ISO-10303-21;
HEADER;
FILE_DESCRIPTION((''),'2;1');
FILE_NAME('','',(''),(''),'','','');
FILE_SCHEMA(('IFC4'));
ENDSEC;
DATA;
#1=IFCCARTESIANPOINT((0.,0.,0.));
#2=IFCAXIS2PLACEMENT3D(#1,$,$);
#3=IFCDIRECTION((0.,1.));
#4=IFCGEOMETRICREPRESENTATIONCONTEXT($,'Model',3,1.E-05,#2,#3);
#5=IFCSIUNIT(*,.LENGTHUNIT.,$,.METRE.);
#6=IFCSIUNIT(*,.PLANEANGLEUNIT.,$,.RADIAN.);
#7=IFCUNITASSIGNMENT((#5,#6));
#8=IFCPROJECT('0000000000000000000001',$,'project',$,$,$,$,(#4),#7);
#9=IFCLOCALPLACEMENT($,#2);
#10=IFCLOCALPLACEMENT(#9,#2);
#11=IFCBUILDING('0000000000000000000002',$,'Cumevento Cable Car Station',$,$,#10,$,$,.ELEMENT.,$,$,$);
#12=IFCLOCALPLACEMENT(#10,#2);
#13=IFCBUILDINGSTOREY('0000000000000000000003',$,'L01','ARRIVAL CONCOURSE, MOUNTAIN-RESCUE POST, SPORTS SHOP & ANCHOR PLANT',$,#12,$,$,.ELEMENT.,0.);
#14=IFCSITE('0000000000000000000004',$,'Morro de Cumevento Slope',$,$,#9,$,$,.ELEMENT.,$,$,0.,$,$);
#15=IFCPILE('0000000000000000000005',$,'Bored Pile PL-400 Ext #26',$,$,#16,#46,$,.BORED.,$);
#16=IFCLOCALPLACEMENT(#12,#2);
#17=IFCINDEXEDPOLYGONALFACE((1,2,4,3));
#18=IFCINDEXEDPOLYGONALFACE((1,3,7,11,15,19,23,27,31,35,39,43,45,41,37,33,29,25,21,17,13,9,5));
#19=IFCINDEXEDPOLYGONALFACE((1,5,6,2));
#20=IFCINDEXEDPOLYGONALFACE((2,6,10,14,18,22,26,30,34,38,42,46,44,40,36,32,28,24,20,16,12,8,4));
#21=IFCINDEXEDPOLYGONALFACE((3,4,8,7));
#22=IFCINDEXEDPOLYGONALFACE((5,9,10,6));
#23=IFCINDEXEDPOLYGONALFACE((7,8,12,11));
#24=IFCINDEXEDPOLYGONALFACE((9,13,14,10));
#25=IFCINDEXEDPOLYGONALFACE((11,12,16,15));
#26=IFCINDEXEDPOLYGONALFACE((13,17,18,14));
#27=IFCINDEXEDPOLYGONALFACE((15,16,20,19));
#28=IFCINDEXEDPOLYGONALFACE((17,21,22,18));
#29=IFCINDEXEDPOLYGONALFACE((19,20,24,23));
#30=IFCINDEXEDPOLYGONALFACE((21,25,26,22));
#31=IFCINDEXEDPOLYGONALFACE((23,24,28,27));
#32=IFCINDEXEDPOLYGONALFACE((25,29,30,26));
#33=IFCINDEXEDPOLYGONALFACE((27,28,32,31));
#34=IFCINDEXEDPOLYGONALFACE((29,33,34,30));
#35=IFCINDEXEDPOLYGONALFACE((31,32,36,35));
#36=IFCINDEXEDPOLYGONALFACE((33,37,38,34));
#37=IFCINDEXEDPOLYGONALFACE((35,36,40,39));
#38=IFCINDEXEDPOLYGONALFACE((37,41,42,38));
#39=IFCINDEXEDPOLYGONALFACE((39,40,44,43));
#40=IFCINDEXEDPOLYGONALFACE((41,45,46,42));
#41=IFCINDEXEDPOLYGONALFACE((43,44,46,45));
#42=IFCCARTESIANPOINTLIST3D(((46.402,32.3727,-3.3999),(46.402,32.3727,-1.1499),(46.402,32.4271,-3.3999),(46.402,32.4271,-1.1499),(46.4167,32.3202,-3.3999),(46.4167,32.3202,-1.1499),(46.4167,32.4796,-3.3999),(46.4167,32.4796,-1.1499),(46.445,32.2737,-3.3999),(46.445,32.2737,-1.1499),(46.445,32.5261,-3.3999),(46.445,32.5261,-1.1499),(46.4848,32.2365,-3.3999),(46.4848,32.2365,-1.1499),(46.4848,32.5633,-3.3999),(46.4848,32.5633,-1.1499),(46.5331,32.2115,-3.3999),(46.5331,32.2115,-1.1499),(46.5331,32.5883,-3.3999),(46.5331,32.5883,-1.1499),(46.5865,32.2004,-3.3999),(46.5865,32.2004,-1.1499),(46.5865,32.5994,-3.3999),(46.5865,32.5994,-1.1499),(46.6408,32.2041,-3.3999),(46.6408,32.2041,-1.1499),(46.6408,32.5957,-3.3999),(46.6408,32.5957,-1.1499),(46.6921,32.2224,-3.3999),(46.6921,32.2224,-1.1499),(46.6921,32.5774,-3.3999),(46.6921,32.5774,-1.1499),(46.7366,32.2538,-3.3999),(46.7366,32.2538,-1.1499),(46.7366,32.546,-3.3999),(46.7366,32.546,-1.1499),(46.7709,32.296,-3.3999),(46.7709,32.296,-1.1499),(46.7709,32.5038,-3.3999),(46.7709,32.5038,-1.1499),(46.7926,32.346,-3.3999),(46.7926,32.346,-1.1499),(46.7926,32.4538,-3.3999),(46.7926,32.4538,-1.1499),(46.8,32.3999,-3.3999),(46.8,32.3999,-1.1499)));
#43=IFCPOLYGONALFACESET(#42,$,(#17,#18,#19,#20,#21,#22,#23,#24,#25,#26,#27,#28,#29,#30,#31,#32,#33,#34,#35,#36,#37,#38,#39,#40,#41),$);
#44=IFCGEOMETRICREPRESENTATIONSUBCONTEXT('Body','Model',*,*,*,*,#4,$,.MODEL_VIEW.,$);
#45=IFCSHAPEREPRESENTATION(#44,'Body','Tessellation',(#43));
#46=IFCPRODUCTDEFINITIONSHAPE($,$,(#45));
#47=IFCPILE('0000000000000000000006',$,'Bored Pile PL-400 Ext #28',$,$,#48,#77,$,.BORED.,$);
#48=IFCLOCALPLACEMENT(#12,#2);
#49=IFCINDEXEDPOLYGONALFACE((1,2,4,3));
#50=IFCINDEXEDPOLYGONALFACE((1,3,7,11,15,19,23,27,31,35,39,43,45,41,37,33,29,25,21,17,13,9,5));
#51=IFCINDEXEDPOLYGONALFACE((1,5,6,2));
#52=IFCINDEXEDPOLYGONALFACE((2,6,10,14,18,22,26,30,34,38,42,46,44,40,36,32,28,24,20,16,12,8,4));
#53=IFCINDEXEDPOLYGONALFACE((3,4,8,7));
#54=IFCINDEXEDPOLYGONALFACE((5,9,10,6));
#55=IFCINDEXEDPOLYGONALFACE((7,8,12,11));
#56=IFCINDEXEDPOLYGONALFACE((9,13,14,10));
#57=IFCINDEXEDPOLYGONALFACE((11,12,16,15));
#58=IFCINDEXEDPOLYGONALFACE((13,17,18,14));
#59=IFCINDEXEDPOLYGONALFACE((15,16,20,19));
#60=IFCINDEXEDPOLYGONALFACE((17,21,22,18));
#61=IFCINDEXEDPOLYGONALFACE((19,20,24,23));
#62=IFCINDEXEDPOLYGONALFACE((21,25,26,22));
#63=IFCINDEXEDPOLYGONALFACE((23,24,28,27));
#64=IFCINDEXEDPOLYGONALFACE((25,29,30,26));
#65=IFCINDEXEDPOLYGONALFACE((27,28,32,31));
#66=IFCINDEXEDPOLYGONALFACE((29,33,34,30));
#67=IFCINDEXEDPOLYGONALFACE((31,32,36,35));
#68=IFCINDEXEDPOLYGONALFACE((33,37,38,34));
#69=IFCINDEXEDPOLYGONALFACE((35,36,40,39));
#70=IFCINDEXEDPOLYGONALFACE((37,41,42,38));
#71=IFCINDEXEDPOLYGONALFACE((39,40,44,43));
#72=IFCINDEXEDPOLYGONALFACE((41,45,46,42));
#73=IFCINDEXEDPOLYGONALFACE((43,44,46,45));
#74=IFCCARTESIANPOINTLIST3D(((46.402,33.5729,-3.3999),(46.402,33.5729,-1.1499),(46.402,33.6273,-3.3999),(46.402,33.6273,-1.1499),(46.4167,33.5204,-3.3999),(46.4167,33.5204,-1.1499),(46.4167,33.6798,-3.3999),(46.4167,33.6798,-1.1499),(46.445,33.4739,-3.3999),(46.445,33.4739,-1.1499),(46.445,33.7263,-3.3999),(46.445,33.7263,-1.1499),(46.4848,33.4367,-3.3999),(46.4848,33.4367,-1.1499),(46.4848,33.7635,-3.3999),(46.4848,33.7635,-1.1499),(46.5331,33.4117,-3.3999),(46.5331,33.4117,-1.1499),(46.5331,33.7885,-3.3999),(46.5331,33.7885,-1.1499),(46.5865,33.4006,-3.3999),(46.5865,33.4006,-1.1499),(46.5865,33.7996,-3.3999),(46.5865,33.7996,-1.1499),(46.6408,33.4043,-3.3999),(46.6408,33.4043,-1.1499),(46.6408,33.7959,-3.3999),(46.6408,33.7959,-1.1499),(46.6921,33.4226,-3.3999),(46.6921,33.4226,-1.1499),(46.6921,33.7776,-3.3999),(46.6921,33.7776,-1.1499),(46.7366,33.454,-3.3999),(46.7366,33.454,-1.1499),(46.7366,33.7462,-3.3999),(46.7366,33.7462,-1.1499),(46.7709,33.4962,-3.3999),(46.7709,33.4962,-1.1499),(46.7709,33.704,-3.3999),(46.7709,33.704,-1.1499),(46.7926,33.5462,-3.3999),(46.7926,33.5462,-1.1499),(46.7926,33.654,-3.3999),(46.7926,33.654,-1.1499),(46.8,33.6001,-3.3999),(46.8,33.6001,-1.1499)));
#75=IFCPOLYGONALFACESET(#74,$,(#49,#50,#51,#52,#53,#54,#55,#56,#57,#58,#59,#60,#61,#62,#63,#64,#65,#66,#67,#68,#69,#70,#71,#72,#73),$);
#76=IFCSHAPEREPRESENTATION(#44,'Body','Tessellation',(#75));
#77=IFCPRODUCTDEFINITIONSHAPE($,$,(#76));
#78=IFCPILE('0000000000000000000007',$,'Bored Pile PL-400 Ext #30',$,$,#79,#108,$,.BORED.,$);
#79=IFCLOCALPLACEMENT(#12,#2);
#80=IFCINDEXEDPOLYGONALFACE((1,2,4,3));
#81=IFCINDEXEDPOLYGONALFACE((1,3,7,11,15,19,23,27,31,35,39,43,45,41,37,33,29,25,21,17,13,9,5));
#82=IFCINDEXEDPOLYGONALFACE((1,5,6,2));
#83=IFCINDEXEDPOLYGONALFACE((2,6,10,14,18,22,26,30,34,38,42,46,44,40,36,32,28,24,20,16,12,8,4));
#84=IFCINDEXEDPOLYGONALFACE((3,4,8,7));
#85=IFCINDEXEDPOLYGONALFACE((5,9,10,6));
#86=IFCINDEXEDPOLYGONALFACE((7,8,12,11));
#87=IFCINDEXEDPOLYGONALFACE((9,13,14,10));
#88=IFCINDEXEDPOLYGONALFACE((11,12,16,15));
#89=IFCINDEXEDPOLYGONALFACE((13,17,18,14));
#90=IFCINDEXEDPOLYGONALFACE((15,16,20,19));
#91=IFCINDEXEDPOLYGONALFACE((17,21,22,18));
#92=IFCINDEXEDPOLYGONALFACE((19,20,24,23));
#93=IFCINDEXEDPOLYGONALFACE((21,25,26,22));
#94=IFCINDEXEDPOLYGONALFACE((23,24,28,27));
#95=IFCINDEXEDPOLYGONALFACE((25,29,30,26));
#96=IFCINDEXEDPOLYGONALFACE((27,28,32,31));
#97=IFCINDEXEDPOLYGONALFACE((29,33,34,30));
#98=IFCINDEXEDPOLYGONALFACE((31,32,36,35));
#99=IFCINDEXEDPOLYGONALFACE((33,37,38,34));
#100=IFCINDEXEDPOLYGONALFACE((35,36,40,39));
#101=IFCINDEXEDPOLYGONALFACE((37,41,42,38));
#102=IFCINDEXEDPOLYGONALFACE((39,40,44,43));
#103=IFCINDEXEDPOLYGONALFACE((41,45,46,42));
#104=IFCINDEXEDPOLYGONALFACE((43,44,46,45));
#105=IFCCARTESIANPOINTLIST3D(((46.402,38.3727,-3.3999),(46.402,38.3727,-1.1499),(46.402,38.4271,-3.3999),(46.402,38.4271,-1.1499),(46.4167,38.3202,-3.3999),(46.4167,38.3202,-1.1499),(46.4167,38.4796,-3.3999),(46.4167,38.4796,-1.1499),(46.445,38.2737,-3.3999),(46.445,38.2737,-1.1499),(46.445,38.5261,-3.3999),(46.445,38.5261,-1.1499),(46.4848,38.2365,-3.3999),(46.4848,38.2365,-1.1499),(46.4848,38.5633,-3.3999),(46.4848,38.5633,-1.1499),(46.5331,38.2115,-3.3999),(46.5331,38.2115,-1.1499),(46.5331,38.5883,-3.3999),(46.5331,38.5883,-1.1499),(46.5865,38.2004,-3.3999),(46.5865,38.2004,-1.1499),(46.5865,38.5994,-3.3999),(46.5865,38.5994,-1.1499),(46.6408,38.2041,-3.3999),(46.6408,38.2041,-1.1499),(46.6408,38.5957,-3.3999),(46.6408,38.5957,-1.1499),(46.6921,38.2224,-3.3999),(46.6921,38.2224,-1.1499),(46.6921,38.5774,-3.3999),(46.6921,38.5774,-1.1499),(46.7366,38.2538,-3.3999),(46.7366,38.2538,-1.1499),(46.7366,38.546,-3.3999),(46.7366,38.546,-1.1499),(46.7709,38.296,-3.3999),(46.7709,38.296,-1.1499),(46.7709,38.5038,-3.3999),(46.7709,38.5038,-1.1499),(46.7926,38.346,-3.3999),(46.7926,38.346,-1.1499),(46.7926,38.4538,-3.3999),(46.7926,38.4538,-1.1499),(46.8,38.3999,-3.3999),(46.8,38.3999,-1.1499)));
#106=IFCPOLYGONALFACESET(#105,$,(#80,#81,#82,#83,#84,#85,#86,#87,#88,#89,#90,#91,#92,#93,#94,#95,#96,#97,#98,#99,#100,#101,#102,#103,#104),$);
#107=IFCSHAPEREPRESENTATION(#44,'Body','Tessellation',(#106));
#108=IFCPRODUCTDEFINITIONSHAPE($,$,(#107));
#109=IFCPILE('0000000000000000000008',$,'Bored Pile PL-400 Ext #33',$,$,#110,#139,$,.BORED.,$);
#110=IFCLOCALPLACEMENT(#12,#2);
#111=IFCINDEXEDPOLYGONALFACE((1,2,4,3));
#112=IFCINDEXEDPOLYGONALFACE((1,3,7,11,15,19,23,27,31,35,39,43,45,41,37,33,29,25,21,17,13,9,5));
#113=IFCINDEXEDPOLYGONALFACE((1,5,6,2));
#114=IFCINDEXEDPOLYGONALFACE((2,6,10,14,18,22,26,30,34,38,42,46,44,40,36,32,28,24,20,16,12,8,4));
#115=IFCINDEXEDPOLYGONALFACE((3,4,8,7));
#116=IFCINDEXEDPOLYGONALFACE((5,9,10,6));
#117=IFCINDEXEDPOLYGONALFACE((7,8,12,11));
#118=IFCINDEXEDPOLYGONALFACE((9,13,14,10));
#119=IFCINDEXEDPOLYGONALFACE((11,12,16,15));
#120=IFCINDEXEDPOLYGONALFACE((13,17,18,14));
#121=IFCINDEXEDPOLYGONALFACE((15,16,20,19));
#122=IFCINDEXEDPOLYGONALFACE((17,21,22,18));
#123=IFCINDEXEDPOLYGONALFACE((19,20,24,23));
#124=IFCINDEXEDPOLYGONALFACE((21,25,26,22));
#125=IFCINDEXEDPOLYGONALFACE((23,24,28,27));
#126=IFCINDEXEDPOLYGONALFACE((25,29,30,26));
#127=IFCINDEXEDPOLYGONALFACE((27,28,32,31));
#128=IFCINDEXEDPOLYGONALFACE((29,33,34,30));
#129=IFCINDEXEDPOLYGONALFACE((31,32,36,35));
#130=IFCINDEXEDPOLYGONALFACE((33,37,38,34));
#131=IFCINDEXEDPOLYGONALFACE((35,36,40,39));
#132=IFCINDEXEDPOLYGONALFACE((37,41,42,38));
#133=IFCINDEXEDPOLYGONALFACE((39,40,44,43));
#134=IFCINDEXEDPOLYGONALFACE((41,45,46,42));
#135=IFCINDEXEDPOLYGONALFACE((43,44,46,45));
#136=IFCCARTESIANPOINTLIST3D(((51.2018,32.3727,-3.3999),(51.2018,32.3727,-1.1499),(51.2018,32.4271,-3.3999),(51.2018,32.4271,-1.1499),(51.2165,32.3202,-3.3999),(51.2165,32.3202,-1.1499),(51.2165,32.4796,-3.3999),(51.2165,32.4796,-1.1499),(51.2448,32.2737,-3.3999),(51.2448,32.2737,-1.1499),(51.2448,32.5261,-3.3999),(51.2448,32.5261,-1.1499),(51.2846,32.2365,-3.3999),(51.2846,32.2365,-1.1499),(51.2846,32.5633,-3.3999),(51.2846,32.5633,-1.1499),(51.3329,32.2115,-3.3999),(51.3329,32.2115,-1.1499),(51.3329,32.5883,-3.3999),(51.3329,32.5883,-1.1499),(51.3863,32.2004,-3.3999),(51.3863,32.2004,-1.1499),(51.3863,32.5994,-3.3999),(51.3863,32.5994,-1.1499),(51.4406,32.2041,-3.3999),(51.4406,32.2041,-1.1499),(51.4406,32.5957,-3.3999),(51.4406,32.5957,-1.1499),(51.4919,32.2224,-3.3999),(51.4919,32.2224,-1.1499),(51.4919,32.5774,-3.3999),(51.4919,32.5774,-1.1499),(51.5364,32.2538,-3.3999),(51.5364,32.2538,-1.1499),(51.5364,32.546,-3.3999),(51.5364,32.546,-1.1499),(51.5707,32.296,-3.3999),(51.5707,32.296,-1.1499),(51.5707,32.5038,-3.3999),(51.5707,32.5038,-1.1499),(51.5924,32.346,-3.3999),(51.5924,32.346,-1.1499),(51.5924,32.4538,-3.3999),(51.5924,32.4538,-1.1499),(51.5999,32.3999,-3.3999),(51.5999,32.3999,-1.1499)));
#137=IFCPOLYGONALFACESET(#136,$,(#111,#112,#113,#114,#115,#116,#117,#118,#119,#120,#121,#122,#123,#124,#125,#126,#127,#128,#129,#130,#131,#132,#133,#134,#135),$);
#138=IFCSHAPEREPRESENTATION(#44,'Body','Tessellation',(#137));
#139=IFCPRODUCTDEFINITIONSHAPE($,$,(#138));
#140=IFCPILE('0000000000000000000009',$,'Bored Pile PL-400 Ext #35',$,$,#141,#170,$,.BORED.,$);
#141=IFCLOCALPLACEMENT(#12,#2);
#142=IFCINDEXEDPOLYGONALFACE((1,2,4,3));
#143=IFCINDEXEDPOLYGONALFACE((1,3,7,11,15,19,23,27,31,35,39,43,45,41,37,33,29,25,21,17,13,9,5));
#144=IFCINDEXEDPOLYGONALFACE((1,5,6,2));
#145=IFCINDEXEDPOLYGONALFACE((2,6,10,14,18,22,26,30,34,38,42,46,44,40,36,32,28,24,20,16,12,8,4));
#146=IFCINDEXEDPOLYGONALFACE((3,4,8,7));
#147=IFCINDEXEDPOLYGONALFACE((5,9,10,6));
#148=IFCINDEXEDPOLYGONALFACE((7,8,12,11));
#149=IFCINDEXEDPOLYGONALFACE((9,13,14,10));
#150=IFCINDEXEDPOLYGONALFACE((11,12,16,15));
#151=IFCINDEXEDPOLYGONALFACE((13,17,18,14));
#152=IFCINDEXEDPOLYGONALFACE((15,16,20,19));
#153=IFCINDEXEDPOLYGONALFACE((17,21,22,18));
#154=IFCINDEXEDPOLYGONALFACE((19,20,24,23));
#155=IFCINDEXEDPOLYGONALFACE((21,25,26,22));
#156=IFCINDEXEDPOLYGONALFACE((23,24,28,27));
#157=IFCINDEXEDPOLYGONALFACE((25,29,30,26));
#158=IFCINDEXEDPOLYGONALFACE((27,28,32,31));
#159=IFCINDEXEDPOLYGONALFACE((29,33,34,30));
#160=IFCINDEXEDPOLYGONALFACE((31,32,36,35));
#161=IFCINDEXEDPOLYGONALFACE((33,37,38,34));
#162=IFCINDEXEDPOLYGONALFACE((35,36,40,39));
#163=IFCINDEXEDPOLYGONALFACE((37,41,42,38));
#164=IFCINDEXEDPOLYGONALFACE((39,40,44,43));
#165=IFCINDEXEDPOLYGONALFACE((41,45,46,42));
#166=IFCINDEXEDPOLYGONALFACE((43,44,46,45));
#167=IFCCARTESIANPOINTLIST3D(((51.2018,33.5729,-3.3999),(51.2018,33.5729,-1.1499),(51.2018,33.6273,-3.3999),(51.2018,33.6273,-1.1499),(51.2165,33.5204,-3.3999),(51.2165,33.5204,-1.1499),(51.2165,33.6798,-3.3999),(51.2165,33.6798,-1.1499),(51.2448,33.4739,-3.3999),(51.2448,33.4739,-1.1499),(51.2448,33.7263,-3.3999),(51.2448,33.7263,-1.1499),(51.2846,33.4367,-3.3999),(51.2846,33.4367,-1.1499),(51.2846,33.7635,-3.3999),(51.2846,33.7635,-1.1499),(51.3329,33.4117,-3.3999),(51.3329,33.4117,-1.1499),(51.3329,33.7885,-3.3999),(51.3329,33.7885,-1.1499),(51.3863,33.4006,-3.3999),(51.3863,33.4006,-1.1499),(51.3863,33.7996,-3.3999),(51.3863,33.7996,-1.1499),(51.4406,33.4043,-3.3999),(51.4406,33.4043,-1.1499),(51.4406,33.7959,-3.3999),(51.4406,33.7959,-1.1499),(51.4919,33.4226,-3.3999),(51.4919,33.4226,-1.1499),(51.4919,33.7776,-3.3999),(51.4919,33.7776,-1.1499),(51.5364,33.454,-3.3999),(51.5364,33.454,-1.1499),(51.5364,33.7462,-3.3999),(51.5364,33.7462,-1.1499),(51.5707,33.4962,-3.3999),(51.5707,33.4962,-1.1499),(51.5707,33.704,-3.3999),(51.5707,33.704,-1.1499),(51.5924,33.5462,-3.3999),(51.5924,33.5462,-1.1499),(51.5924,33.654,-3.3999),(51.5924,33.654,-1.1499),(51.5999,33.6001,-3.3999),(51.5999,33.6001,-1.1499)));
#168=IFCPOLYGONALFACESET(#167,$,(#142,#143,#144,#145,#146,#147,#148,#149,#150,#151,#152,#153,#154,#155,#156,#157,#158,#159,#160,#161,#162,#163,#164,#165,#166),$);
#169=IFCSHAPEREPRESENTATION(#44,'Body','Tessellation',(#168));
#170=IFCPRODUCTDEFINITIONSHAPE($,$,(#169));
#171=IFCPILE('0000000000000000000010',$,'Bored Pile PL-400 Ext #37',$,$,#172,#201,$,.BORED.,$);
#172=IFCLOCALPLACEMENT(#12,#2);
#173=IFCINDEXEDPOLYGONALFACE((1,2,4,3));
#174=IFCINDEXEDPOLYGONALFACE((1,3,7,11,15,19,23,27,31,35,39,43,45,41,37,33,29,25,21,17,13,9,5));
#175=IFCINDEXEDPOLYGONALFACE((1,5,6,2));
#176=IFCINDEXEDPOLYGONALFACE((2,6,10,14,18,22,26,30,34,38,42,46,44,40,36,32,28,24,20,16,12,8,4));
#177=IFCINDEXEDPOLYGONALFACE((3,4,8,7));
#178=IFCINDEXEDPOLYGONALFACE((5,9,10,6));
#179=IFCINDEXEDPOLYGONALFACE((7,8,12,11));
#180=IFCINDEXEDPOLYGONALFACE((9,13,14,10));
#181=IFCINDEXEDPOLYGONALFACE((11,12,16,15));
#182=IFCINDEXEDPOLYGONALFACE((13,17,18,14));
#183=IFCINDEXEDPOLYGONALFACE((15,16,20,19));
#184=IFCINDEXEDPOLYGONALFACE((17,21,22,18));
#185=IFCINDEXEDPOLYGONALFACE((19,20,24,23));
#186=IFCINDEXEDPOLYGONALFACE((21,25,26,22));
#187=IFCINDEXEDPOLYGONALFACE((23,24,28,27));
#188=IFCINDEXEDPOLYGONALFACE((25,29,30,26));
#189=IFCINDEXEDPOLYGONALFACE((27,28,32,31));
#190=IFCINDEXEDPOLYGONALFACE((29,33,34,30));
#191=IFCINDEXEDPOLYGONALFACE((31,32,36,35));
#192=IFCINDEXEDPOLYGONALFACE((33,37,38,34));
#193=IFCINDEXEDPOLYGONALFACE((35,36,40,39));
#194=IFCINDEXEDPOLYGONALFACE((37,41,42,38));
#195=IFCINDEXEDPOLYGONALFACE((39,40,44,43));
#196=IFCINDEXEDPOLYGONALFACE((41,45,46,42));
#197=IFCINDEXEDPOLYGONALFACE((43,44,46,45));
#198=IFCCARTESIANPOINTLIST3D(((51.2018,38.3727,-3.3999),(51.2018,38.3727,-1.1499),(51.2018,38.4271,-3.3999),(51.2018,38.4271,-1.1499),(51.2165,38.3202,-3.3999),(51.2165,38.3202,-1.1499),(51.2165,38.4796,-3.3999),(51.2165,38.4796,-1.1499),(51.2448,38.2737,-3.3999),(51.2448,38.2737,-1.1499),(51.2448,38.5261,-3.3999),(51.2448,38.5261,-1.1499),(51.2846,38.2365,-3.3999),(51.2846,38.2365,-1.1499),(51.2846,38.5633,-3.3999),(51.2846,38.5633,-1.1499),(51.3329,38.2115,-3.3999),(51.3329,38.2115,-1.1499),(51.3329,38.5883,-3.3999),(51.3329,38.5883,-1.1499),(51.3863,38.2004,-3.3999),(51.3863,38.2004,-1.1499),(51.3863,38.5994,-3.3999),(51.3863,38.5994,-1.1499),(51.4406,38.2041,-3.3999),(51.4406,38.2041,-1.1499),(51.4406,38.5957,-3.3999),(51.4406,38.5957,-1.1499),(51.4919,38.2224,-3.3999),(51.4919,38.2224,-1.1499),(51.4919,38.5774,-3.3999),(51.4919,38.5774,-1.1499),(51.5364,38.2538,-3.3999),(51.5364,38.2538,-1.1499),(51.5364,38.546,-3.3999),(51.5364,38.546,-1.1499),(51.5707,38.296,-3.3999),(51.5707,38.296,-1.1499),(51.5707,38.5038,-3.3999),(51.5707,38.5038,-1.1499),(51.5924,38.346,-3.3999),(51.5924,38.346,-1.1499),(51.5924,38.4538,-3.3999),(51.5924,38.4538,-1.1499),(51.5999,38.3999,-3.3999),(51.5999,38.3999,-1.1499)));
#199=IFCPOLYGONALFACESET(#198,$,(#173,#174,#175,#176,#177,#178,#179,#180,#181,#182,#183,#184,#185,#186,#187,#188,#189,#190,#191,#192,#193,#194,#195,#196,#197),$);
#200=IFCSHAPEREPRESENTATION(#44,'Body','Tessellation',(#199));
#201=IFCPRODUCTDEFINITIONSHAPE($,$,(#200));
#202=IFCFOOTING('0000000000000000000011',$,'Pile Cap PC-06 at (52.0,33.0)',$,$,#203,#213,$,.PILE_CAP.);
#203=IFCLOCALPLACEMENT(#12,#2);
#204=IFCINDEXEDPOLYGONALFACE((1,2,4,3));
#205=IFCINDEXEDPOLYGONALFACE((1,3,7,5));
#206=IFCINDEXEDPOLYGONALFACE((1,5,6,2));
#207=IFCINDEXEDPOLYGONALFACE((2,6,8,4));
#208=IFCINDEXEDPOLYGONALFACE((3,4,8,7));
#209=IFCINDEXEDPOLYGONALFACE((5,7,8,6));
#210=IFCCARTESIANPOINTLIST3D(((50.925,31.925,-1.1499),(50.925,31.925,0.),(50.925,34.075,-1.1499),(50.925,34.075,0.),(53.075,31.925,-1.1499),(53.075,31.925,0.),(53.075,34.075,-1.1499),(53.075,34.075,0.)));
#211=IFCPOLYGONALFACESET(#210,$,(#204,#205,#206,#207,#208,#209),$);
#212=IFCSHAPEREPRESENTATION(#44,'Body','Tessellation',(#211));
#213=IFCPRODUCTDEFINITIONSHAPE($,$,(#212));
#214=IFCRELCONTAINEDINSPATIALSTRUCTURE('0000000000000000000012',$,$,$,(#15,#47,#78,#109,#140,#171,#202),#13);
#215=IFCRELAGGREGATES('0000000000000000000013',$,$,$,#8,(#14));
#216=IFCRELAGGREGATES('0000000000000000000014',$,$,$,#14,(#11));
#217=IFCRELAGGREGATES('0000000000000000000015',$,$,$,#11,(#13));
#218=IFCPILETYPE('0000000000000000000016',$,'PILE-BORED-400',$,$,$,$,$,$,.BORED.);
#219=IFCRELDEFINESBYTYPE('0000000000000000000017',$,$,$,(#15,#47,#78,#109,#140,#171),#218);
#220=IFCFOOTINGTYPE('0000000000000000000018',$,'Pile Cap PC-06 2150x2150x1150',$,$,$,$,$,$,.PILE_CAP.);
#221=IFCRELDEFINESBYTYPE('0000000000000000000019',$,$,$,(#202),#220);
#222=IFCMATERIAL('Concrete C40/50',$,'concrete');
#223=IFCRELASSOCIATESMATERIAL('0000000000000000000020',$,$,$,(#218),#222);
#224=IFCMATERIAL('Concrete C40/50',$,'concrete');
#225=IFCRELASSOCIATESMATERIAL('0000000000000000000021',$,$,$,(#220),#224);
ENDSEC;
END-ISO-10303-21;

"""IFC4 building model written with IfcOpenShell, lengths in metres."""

from ifc_helpers import new_model, si_unit, direction, frame, origin, origin_2d, place, context, subcontext, project, spatial, rectangle, circle, extrude, material, material_profile, profile_set, type_object, element, save


model = new_model("IFC4")

# Units and contexts
model_context = context("Model", 3, precision=1e-05, world=origin(), true_north=direction((0.0, 1.0)))
body_context = subcontext(model_context, "Body", "Model", "MODEL_VIEW")
ifc_project = project(units=[si_unit("LENGTHUNIT", "METRE"), si_unit("PLANEANGLEUNIT", "RADIAN")], contexts=[model_context])

# Site, building, storey
site_placement = place(None, origin())
site = spatial("IfcSite", under=ifc_project, at=site_placement, Name="Morro de Cumevento Slope", CompositionType="ELEMENT", RefElevation=0.0)
building_placement = place(site_placement, origin())
building = spatial("IfcBuilding", under=site, at=building_placement, Name="Cumevento Cable Car Station", CompositionType="ELEMENT")
storey_placement = place(building_placement, origin())
storey = spatial("IfcBuildingStorey", under=building, at=storey_placement, Name="L01", Description="ARRIVAL CONCOURSE, MOUNTAIN-RESCUE POST, SPORTS SHOP & ANCHOR PLANT", CompositionType="ELEMENT", Elevation=0.0)

# Piles
ifc_material_1 = material(Name="Concrete C40/50", Category="concrete")
ifc_material_profile_1 = material_profile(ifc_material_1, circle(Radius=0.2, at=origin_2d()), Name="PILE-D400")
ifc_profile_set_1 = profile_set([ifc_material_profile_1], Name="Concrete C40/50")
pile_type = type_object("IfcPileType", Name="PILE-BORED-400", PredefinedType="BORED", material=ifc_profile_set_1)
for number, where, z_axis, x_axis, name in (
    (1, (46.6001, 32.3999, -1.1499), (0.0, 0.0, -1.0), (1.0, 0.0, 0.0), "Bored Pile PL-400 Ext #26"),
    (2, (46.6001, 33.6001, -1.1499), (0.0, 0.0, -1.0), (1.0, 0.0, 0.0), "Bored Pile PL-400 Ext #28"),
    (3, (46.6001, 38.3999, -1.1499), (0.0, 0.0, -1.0), (1.0, 0.0, 0.0), "Bored Pile PL-400 Ext #30"),
    (4, (51.3999, 32.3999, -1.1499), (0.0, 0.0, -1.0), (1.0, 0.0, 0.0), "Bored Pile PL-400 Ext #33"),
    (5, (51.3999, 33.6001, -1.1499), (0.0, 0.0, -1.0), (1.0, 0.0, 0.0), "Bored Pile PL-400 Ext #35"),
    (6, (51.3999, 38.3999, -1.1499), (0.0, 0.0, -1.0), (1.0, 0.0, 0.0), "Bored Pile PL-400 Ext #37"),
):
    element("IfcPile", number, at=place(storey_placement, frame(where, z_axis=z_axis, x_axis=x_axis)), inside=storey, type_object=pile_type, Name=name, PredefinedType="BORED", context=body_context, shape_type="SweptSolid", body=[
        extrude(circle(Radius=0.2, at=origin_2d()), origin(), (0.0, 0.0, 1.0), 2.25),
    ])

# Footing
ifc_material_2 = material(Name="Concrete C40/50", Category="concrete")
footing_type = type_object("IfcFootingType", Name="Pile Cap PC-06 2150x2150x1150", PredefinedType="PILE_CAP", material=ifc_material_2)
footing_placement = place(storey_placement, frame((52.0, 33.0, -1.1499), z_axis=(0.0, 0.0, 1.0), x_axis=(1.0, 0.0, 0.0)))
element("IfcFooting", 7, at=footing_placement, inside=storey, type_object=footing_type, Name="Pile Cap PC-06 at (52.0,33.0)", PredefinedType="PILE_CAP", context=body_context, shape_type="SweptSolid", body=[
    extrude(rectangle(XDim=2.1499, YDim=2.1499, at=origin_2d()), origin(), (0.0, 0.0, 1.0), 1.1499),
])

save(model, "model.ifc")
